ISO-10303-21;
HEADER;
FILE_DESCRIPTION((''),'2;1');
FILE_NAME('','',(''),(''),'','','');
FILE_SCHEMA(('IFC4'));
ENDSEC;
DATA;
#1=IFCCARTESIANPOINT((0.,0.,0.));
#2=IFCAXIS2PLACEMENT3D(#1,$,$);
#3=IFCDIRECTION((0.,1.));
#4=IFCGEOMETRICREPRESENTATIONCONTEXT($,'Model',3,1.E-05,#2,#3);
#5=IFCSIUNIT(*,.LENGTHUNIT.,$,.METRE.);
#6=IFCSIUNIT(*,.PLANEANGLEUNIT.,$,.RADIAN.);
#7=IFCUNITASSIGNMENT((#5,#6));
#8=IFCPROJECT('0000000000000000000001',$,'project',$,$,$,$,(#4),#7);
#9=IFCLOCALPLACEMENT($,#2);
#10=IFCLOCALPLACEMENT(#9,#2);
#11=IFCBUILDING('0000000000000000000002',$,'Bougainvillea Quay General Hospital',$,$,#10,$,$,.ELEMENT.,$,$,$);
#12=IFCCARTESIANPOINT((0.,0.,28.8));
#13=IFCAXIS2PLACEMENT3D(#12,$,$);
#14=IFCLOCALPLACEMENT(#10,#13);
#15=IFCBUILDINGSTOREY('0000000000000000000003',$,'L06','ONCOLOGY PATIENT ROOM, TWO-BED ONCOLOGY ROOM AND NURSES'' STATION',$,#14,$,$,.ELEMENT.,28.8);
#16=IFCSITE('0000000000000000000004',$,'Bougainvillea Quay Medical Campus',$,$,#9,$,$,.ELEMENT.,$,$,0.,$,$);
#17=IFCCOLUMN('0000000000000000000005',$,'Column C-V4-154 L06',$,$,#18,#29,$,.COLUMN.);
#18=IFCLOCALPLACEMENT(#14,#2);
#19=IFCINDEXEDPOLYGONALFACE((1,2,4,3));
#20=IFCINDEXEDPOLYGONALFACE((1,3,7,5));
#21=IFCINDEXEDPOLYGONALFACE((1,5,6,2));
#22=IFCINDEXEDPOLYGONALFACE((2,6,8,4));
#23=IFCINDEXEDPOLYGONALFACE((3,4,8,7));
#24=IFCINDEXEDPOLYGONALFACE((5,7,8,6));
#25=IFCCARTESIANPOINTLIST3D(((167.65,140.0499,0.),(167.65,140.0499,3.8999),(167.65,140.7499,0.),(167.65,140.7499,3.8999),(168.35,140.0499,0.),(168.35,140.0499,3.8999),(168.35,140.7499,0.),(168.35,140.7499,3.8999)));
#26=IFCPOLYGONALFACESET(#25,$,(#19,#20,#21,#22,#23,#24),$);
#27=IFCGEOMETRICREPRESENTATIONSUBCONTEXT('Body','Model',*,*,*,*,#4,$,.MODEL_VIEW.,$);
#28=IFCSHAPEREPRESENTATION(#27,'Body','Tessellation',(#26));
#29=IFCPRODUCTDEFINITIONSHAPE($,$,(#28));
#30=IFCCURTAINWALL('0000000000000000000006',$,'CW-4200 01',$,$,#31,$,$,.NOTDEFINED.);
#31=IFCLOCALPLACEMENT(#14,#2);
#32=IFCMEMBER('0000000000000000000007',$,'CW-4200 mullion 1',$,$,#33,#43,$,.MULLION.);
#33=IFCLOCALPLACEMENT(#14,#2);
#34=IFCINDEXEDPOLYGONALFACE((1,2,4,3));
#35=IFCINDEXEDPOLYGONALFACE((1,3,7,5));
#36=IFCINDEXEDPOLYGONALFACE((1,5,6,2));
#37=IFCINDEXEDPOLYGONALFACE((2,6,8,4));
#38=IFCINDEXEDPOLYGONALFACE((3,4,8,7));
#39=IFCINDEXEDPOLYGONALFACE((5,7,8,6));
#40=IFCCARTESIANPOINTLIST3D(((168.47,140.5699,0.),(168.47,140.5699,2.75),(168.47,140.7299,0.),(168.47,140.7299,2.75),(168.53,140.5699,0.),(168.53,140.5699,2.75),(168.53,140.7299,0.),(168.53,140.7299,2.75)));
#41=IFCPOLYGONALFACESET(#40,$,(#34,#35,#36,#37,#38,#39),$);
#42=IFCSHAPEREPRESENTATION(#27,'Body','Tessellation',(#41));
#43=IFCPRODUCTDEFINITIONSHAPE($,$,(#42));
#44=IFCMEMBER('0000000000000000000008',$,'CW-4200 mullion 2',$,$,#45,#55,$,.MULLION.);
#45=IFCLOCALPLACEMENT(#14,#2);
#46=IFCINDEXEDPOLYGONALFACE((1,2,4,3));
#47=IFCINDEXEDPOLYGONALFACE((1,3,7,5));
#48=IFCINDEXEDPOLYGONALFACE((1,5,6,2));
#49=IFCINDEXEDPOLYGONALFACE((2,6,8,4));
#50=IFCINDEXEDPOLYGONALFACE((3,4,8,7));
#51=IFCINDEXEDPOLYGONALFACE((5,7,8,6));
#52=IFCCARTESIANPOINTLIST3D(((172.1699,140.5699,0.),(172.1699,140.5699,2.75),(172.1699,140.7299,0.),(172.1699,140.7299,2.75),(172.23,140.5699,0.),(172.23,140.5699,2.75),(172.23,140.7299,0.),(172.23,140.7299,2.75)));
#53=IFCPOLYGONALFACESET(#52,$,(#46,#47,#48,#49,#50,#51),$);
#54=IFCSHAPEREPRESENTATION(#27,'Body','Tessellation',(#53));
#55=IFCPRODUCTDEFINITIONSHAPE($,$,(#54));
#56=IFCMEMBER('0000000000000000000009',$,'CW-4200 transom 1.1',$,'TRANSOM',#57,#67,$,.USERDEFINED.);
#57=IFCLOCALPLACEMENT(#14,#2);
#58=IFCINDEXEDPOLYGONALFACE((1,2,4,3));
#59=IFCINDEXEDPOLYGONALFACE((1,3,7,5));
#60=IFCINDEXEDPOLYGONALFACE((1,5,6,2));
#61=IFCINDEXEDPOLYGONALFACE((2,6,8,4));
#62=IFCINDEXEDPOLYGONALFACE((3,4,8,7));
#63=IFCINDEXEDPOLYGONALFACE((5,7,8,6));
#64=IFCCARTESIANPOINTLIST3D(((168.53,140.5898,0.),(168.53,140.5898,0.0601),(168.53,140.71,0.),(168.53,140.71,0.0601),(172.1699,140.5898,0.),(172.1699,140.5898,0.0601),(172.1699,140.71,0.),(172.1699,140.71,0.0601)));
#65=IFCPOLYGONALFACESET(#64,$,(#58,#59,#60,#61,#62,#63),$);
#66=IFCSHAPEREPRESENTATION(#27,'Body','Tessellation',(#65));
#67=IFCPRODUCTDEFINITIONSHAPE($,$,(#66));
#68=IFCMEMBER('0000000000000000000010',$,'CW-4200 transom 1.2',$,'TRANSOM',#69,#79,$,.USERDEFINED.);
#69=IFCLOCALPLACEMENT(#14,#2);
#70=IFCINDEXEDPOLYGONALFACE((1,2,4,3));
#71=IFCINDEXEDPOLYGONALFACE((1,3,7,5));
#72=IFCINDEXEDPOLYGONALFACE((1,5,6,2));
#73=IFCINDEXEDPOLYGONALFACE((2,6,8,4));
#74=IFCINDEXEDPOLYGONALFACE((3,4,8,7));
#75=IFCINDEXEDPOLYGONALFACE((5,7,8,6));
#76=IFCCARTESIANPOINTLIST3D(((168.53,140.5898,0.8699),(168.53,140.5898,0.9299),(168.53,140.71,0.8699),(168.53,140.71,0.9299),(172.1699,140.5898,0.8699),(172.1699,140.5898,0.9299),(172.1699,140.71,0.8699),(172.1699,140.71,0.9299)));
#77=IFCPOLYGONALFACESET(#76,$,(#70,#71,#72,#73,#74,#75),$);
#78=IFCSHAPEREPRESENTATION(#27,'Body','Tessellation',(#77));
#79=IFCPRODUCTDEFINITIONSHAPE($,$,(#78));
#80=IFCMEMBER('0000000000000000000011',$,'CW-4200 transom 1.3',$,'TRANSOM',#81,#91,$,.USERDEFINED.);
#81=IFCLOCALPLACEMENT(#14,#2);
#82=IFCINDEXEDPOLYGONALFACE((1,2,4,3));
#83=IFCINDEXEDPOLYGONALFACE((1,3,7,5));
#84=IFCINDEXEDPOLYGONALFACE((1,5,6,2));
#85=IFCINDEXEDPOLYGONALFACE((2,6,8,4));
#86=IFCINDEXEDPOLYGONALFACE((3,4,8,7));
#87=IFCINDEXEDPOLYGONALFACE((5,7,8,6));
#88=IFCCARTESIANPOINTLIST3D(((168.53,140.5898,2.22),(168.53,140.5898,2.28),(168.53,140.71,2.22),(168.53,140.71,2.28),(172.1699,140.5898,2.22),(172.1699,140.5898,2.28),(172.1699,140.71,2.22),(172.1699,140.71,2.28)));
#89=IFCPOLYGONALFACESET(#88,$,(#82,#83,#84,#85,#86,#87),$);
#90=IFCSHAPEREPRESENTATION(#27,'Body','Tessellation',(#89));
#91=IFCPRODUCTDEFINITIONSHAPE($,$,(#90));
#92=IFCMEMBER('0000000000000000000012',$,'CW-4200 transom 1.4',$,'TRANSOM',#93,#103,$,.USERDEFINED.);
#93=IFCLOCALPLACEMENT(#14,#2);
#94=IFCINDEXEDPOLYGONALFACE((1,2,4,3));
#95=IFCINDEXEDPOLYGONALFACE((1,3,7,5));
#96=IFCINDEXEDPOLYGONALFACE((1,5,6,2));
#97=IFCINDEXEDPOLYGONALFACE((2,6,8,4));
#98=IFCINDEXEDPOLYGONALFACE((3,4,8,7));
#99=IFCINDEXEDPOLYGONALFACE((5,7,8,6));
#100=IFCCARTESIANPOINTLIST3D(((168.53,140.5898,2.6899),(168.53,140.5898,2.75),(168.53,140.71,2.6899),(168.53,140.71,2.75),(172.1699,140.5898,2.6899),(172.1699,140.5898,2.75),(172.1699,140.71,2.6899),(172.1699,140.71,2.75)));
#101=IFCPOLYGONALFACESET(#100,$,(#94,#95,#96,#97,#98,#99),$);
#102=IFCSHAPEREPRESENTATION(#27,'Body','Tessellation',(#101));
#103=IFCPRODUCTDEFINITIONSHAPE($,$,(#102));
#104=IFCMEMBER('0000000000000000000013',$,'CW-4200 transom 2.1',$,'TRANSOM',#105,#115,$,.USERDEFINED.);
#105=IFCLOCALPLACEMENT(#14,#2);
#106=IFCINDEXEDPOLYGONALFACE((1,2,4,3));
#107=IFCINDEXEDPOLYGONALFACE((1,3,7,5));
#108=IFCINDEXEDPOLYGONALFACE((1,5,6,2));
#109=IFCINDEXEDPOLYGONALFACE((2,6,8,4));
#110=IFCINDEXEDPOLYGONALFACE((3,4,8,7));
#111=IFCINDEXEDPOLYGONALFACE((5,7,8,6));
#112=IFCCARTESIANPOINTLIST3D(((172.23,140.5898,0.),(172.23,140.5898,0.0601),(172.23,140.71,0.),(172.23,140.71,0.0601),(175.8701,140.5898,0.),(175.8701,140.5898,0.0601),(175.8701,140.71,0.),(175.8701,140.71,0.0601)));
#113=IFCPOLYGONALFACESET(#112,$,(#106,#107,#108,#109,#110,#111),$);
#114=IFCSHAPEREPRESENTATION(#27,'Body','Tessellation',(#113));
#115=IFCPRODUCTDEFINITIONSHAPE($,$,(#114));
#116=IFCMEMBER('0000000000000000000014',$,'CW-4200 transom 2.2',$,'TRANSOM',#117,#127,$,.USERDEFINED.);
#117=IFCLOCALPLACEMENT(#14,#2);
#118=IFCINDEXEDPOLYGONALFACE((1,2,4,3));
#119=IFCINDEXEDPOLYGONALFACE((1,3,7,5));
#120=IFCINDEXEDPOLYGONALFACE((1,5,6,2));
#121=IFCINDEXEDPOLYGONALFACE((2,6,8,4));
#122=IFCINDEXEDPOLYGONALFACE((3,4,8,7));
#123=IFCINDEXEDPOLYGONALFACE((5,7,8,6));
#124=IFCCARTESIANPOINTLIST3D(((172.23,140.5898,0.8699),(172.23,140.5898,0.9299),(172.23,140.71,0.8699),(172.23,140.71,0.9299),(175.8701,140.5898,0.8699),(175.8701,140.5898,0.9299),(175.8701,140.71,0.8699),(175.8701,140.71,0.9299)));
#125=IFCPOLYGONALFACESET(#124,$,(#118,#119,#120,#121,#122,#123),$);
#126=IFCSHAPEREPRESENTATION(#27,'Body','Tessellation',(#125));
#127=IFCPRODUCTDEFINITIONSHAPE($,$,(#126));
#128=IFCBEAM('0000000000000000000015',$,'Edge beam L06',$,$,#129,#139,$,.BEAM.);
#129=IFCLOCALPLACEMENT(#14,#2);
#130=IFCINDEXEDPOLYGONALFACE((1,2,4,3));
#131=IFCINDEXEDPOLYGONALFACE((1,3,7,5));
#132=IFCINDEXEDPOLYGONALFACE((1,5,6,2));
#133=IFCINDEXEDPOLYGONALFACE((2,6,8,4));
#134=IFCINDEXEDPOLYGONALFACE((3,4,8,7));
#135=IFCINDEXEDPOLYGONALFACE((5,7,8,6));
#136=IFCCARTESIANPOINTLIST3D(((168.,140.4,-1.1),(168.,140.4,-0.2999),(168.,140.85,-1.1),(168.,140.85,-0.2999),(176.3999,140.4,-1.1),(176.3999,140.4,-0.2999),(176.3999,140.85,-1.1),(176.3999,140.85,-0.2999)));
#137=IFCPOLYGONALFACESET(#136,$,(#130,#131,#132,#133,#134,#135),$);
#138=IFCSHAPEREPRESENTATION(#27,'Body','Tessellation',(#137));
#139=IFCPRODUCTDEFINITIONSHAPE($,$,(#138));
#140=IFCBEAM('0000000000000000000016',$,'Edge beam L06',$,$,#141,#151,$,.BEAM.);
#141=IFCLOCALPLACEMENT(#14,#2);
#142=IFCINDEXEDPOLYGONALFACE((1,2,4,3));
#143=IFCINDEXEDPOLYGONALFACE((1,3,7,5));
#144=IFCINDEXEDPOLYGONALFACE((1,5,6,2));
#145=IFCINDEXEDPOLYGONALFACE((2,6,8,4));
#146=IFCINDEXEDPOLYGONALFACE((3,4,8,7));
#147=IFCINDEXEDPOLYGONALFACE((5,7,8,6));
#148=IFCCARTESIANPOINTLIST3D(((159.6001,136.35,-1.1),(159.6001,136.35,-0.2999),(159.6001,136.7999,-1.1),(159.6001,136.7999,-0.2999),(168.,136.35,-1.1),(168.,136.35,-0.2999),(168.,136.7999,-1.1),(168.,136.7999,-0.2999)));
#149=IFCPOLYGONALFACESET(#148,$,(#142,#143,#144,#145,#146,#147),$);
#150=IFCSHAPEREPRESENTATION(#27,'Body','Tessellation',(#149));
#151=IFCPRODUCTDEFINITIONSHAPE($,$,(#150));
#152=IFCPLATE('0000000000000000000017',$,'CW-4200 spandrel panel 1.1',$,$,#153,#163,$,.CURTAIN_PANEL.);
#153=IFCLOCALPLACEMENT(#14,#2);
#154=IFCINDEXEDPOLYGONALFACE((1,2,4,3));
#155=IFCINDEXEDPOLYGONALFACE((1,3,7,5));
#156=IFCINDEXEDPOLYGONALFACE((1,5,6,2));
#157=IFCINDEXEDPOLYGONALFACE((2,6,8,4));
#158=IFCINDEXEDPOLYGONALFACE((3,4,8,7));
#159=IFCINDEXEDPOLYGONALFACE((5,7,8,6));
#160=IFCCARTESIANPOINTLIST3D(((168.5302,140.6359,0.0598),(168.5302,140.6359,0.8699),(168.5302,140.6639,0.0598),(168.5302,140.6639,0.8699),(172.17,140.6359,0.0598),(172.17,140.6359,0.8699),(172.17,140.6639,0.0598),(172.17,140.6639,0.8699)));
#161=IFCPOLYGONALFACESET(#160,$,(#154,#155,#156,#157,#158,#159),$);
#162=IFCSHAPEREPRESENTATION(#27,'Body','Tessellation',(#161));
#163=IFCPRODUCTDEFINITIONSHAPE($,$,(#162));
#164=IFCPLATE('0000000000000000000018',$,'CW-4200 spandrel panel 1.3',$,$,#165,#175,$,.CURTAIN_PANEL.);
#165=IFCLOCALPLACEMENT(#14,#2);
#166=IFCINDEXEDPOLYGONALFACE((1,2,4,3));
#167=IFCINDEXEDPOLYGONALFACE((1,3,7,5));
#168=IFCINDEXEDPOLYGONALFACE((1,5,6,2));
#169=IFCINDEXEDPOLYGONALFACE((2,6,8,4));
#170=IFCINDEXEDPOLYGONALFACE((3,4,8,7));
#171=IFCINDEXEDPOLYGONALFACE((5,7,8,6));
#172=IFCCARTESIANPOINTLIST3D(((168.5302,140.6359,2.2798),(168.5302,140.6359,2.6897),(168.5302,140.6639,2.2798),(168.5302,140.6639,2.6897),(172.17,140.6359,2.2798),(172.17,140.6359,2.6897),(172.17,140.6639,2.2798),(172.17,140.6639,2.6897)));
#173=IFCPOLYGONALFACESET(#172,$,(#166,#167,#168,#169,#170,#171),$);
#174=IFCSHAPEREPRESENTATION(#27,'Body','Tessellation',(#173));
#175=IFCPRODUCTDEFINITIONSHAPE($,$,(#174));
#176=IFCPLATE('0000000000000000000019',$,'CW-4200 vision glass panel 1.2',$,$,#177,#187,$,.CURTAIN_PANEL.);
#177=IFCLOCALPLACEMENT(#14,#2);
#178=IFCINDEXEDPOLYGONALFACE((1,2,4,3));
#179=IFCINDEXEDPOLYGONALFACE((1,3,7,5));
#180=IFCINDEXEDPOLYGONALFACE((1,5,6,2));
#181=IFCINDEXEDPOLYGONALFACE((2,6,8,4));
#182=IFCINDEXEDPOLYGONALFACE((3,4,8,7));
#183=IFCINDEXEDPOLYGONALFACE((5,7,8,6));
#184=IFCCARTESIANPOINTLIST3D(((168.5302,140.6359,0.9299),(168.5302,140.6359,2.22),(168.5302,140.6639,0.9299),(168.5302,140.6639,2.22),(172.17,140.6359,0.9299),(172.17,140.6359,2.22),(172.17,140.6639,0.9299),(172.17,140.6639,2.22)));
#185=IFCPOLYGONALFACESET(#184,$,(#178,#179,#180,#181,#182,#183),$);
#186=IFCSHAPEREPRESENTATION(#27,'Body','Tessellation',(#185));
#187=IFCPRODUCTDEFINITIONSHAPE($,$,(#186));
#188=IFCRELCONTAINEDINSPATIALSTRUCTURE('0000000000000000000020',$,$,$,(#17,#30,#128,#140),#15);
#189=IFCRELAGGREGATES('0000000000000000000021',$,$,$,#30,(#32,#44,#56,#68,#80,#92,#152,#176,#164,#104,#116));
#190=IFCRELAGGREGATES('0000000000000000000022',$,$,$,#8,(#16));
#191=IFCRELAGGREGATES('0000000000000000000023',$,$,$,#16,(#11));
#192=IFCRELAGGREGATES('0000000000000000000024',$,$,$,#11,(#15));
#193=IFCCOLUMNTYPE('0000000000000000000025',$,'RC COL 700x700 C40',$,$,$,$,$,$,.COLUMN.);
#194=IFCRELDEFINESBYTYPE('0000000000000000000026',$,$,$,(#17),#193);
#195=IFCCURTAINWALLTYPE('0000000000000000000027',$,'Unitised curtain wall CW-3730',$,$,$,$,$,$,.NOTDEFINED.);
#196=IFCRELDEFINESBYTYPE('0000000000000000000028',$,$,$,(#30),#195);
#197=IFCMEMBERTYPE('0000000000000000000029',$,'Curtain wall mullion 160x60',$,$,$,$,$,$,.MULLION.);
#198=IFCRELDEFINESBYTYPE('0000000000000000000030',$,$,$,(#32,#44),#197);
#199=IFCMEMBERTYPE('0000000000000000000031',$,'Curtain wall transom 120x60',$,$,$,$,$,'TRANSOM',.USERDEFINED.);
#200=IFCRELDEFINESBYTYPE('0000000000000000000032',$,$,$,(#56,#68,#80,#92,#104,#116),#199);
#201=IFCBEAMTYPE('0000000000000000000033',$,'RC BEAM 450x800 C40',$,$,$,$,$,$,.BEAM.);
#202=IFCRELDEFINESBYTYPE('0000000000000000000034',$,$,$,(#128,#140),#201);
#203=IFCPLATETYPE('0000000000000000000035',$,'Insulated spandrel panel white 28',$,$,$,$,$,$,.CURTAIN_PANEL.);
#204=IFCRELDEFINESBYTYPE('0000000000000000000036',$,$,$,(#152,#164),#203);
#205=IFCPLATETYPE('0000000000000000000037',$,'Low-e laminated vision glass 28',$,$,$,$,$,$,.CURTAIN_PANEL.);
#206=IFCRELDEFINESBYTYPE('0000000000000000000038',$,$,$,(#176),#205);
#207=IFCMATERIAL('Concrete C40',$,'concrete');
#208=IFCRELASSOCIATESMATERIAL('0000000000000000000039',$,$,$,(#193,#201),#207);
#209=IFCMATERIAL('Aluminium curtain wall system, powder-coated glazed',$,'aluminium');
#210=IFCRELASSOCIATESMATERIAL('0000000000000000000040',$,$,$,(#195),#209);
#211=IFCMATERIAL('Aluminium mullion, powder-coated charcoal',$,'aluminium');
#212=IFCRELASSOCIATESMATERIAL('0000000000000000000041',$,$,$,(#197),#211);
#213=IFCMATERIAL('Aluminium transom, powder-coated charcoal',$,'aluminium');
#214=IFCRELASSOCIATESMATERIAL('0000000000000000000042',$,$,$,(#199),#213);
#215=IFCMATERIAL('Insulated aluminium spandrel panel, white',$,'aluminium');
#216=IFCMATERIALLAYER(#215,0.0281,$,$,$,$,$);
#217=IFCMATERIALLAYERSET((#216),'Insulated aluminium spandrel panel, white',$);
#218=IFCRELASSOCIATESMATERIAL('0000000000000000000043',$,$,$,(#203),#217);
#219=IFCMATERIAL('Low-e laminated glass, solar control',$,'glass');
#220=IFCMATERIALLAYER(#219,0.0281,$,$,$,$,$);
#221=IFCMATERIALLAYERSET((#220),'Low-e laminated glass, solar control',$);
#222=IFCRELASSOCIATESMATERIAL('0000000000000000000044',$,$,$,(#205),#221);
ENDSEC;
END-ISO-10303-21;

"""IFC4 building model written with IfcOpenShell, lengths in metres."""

from ifc_helpers import new_model, si_unit, direction, frame, origin, origin_2d, place, context, subcontext, project, spatial, rectangle, extrude, material, layer, layer_set, material_profile, profile_set, type_object, element, aggregate, save


model = new_model("IFC4")

# Units and contexts
model_context = context("Model", 3, precision=1e-05, world=origin(), true_north=direction((0.0, 1.0)))
body_context = subcontext(model_context, "Body", "Model", "MODEL_VIEW")
ifc_project = project(units=[si_unit("LENGTHUNIT", "METRE"), si_unit("PLANEANGLEUNIT", "RADIAN")], contexts=[model_context])

# Site, building, storey
site_placement = place(None, origin())
site = spatial("IfcSite", under=ifc_project, at=site_placement, Name="Bougainvillea Quay Medical Campus", CompositionType="ELEMENT", RefElevation=0.0)
building_placement = place(site_placement, origin())
building = spatial("IfcBuilding", under=site, at=building_placement, Name="Bougainvillea Quay General Hospital", CompositionType="ELEMENT")
storey_placement = place(building_placement, frame((0.0, 0.0, 28.8)))
storey = spatial("IfcBuildingStorey", under=building, at=storey_placement, Name="L06", Description="ONCOLOGY PATIENT ROOM, TWO-BED ONCOLOGY ROOM AND NURSES' STATION", CompositionType="ELEMENT", Elevation=28.8)

# Column
ifc_material_1 = material(Name="Concrete C40", Category="concrete")
ifc_material_profile_1 = material_profile(ifc_material_1, rectangle(XDim=0.7, YDim=0.7, at=origin_2d()))
ifc_profile_set_1 = profile_set([ifc_material_profile_1], Name="Concrete C40")
column_type = type_object("IfcColumnType", Name="RC COL 700x700 C40", PredefinedType="COLUMN", material=ifc_profile_set_1)
column_placement = place(storey_placement, frame((168.0, 140.3999, 0.0), z_axis=(0.0, 0.0, 1.0), x_axis=(1.0, 0.0, 0.0)))
element("IfcColumn", 1, at=column_placement, inside=storey, type_object=column_type, Name="Column C-V4-154 L06", PredefinedType="COLUMN", context=body_context, shape_type="SweptSolid", body=[
    extrude(rectangle(XDim=0.7, YDim=0.7, at=origin_2d()), origin(), (0.0, 0.0, 1.0), 3.8999),
])

# Curtain wall, members
ifc_material_2 = material(Name="Aluminium curtain wall system, powder-coated glazed", Category="aluminium")
curtain_wall_type = type_object("IfcCurtainWallType", Name="Unitised curtain wall CW-3730", PredefinedType="NOTDEFINED", material=ifc_material_2)
curtain_wall_placement = place(storey_placement, origin())
curtain_wall = element("IfcCurtainWall", 2, at=curtain_wall_placement, inside=storey, type_object=curtain_wall_type, Name="CW-4200 01", PredefinedType="NOTDEFINED")
ifc_material_3 = material(Name="Aluminium mullion, powder-coated charcoal", Category="aluminium")
ifc_material_profile_2 = material_profile(ifc_material_3, rectangle(XDim=0.1599, YDim=0.0601, at=origin_2d()))
ifc_profile_set_2 = profile_set([ifc_material_profile_2], Name="Aluminium mullion, powder-coated charcoal")
member_type_1 = type_object("IfcMemberType", Name="Curtain wall mullion 160x60", PredefinedType="MULLION", material=ifc_profile_set_2)
member_1_placement = place(storey_placement, frame((168.5, 140.6499, 0.0), z_axis=(0.0, 0.0, 1.0), x_axis=(0.0, 1.0, 0.0)))
member_1 = element("IfcMember", 3, at=member_1_placement, type_object=member_type_1, Name="CW-4200 mullion 1", PredefinedType="MULLION", context=body_context, shape_type="SweptSolid", body=[
    extrude(rectangle(XDim=0.1599, YDim=0.0601, at=origin_2d()), origin(), (0.0, 0.0, 1.0), 2.75),
])
member_2_placement = place(storey_placement, frame((172.2, 140.6499, 0.0), z_axis=(0.0, 0.0, 1.0), x_axis=(0.0, 1.0, 0.0)))
member_2 = element("IfcMember", 4, at=member_2_placement, type_object=member_type_1, Name="CW-4200 mullion 2", PredefinedType="MULLION", context=body_context, shape_type="SweptSolid", body=[
    extrude(rectangle(XDim=0.1599, YDim=0.0601, at=origin_2d()), origin(), (0.0, 0.0, 1.0), 2.75),
])
ifc_material_4 = material(Name="Aluminium transom, powder-coated charcoal", Category="aluminium")
ifc_material_profile_3 = material_profile(ifc_material_4, rectangle(XDim=0.1201, YDim=0.0601, at=origin_2d()))
ifc_profile_set_3 = profile_set([ifc_material_profile_3], Name="Aluminium transom, powder-coated charcoal")
member_type_2 = type_object("IfcMemberType", Name="Curtain wall transom 120x60", ElementType="TRANSOM", PredefinedType="USERDEFINED", material=ifc_profile_set_3)
member_3_placement = place(storey_placement, frame((168.53, 140.6499, 0.03), z_axis=(1.0, 0.0, 0.0), x_axis=(0.0, 1.0, 0.0)))
member_3 = element("IfcMember", 5, at=member_3_placement, type_object=member_type_2, Name="CW-4200 transom 1.1", ObjectType="TRANSOM", PredefinedType="USERDEFINED", context=body_context, shape_type="SweptSolid", body=[
    extrude(rectangle(XDim=0.1201, YDim=0.0601, at=origin_2d()), origin(), (0.0, 0.0, 1.0), 3.6399),
])
member_4_placement = place(storey_placement, frame((168.53, 140.6499, 0.8999), z_axis=(1.0, 0.0, 0.0), x_axis=(0.0, 1.0, 0.0)))
member_4 = element("IfcMember", 6, at=member_4_placement, type_object=member_type_2, Name="CW-4200 transom 1.2", ObjectType="TRANSOM", PredefinedType="USERDEFINED", context=body_context, shape_type="SweptSolid", body=[
    extrude(rectangle(XDim=0.1201, YDim=0.0601, at=origin_2d()), origin(), (0.0, 0.0, 1.0), 3.6399),
])
member_5_placement = place(storey_placement, frame((168.53, 140.6499, 2.25), z_axis=(1.0, 0.0, 0.0), x_axis=(0.0, 1.0, 0.0)))
member_5 = element("IfcMember", 7, at=member_5_placement, type_object=member_type_2, Name="CW-4200 transom 1.3", ObjectType="TRANSOM", PredefinedType="USERDEFINED", context=body_context, shape_type="SweptSolid", body=[
    extrude(rectangle(XDim=0.1201, YDim=0.0601, at=origin_2d()), origin(), (0.0, 0.0, 1.0), 3.6399),
])
member_6_placement = place(storey_placement, frame((168.53, 140.6499, 2.72), z_axis=(1.0, 0.0, 0.0), x_axis=(0.0, 1.0, 0.0)))
member_6 = element("IfcMember", 8, at=member_6_placement, type_object=member_type_2, Name="CW-4200 transom 1.4", ObjectType="TRANSOM", PredefinedType="USERDEFINED", context=body_context, shape_type="SweptSolid", body=[
    extrude(rectangle(XDim=0.1201, YDim=0.0601, at=origin_2d()), origin(), (0.0, 0.0, 1.0), 3.6399),
])
member_7_placement = place(storey_placement, frame((172.23, 140.6499, 0.03), z_axis=(1.0, 0.0, 0.0), x_axis=(0.0, 1.0, 0.0)))
member_7 = element("IfcMember", 9, at=member_7_placement, type_object=member_type_2, Name="CW-4200 transom 2.1", ObjectType="TRANSOM", PredefinedType="USERDEFINED", context=body_context, shape_type="SweptSolid", body=[
    extrude(rectangle(XDim=0.1201, YDim=0.0601, at=origin_2d()), origin(), (0.0, 0.0, 1.0), 3.6401),
])
member_8_placement = place(storey_placement, frame((172.23, 140.6499, 0.8999), z_axis=(1.0, 0.0, 0.0), x_axis=(0.0, 1.0, 0.0)))
member_8 = element("IfcMember", 10, at=member_8_placement, type_object=member_type_2, Name="CW-4200 transom 2.2", ObjectType="TRANSOM", PredefinedType="USERDEFINED", context=body_context, shape_type="SweptSolid", body=[
    extrude(rectangle(XDim=0.1201, YDim=0.0601, at=origin_2d()), origin(), (0.0, 0.0, 1.0), 3.6401),
])

# Beams
ifc_material_profile_4 = material_profile(ifc_material_1, rectangle(XDim=0.45, YDim=0.8, at=origin_2d()))
ifc_profile_set_4 = profile_set([ifc_material_profile_4], Name="Concrete C40")
beam_type = type_object("IfcBeamType", Name="RC BEAM 450x800 C40", PredefinedType="BEAM", material=ifc_profile_set_4)
for number, where, z_axis, x_axis, name in (
    (11, (168.0, 140.625, -0.7), (1.0, 0.0, 0.0), (0.0, 1.0, 0.0), "Edge beam L06"),
    (12, (168.0, 136.575, -0.7), (-1.0, 0.0, 0.0), (0.0, -1.0, 0.0), "Edge beam L06"),
):
    element("IfcBeam", number, at=place(storey_placement, frame(where, z_axis=z_axis, x_axis=x_axis)), inside=storey, type_object=beam_type, Name=name, PredefinedType="BEAM", context=body_context, shape_type="SweptSolid", body=[
        extrude(rectangle(XDim=0.45, YDim=0.8, at=origin_2d()), origin(), (0.0, 0.0, 1.0), 8.3999),
    ])

# Plates
ifc_material_5 = material(Name="Insulated aluminium spandrel panel, white", Category="aluminium")
ifc_layer_1 = layer(ifc_material_5, 0.0281)
ifc_layer_set_1 = layer_set([ifc_layer_1], Name="Insulated aluminium spandrel panel, white")
plate_type_1 = type_object("IfcPlateType", Name="Insulated spandrel panel white 28", PredefinedType="CURTAIN_PANEL", material=ifc_layer_set_1)
plate_1_placement = place(storey_placement, frame((170.3501, 140.6499, 0.0598), z_axis=(0.0, 0.0, 1.0), x_axis=(1.0, 0.0, 0.0)))
plate_1 = element("IfcPlate", 13, at=plate_1_placement, type_object=plate_type_1, Name="CW-4200 spandrel panel 1.1", PredefinedType="CURTAIN_PANEL", context=body_context, shape_type="SweptSolid", body=[
    extrude(rectangle(XDim=3.6399, YDim=0.0281, at=origin_2d()), origin(), (0.0, 0.0, 1.0), 0.8101),
])
plate_2_placement = place(storey_placement, frame((170.3501, 140.6499, 2.2798), z_axis=(0.0, 0.0, 1.0), x_axis=(1.0, 0.0, 0.0)))
plate_2 = element("IfcPlate", 14, at=plate_2_placement, type_object=plate_type_1, Name="CW-4200 spandrel panel 1.3", PredefinedType="CURTAIN_PANEL", context=body_context, shape_type="SweptSolid", body=[
    extrude(rectangle(XDim=3.6399, YDim=0.0281, at=origin_2d()), origin(), (0.0, 0.0, 1.0), 0.4099),
])
ifc_material_6 = material(Name="Low-e laminated glass, solar control", Category="glass")
ifc_layer_2 = layer(ifc_material_6, 0.0281)
ifc_layer_set_2 = layer_set([ifc_layer_2], Name="Low-e laminated glass, solar control")
plate_type_2 = type_object("IfcPlateType", Name="Low-e laminated vision glass 28", PredefinedType="CURTAIN_PANEL", material=ifc_layer_set_2)
plate_3_placement = place(storey_placement, frame((170.3501, 140.6499, 0.9299), z_axis=(0.0, 0.0, 1.0), x_axis=(1.0, 0.0, 0.0)))
plate_3 = element("IfcPlate", 15, at=plate_3_placement, type_object=plate_type_2, Name="CW-4200 vision glass panel 1.2", PredefinedType="CURTAIN_PANEL", context=body_context, shape_type="SweptSolid", body=[
    extrude(rectangle(XDim=3.6399, YDim=0.0281, at=origin_2d()), origin(), (0.0, 0.0, 1.0), 1.29),
])
aggregate(curtain_wall, [member_1, member_2, member_3, member_4, member_5, member_6, plate_1, plate_3, plate_2, member_7, member_8])

save(model, "model.ifc")
